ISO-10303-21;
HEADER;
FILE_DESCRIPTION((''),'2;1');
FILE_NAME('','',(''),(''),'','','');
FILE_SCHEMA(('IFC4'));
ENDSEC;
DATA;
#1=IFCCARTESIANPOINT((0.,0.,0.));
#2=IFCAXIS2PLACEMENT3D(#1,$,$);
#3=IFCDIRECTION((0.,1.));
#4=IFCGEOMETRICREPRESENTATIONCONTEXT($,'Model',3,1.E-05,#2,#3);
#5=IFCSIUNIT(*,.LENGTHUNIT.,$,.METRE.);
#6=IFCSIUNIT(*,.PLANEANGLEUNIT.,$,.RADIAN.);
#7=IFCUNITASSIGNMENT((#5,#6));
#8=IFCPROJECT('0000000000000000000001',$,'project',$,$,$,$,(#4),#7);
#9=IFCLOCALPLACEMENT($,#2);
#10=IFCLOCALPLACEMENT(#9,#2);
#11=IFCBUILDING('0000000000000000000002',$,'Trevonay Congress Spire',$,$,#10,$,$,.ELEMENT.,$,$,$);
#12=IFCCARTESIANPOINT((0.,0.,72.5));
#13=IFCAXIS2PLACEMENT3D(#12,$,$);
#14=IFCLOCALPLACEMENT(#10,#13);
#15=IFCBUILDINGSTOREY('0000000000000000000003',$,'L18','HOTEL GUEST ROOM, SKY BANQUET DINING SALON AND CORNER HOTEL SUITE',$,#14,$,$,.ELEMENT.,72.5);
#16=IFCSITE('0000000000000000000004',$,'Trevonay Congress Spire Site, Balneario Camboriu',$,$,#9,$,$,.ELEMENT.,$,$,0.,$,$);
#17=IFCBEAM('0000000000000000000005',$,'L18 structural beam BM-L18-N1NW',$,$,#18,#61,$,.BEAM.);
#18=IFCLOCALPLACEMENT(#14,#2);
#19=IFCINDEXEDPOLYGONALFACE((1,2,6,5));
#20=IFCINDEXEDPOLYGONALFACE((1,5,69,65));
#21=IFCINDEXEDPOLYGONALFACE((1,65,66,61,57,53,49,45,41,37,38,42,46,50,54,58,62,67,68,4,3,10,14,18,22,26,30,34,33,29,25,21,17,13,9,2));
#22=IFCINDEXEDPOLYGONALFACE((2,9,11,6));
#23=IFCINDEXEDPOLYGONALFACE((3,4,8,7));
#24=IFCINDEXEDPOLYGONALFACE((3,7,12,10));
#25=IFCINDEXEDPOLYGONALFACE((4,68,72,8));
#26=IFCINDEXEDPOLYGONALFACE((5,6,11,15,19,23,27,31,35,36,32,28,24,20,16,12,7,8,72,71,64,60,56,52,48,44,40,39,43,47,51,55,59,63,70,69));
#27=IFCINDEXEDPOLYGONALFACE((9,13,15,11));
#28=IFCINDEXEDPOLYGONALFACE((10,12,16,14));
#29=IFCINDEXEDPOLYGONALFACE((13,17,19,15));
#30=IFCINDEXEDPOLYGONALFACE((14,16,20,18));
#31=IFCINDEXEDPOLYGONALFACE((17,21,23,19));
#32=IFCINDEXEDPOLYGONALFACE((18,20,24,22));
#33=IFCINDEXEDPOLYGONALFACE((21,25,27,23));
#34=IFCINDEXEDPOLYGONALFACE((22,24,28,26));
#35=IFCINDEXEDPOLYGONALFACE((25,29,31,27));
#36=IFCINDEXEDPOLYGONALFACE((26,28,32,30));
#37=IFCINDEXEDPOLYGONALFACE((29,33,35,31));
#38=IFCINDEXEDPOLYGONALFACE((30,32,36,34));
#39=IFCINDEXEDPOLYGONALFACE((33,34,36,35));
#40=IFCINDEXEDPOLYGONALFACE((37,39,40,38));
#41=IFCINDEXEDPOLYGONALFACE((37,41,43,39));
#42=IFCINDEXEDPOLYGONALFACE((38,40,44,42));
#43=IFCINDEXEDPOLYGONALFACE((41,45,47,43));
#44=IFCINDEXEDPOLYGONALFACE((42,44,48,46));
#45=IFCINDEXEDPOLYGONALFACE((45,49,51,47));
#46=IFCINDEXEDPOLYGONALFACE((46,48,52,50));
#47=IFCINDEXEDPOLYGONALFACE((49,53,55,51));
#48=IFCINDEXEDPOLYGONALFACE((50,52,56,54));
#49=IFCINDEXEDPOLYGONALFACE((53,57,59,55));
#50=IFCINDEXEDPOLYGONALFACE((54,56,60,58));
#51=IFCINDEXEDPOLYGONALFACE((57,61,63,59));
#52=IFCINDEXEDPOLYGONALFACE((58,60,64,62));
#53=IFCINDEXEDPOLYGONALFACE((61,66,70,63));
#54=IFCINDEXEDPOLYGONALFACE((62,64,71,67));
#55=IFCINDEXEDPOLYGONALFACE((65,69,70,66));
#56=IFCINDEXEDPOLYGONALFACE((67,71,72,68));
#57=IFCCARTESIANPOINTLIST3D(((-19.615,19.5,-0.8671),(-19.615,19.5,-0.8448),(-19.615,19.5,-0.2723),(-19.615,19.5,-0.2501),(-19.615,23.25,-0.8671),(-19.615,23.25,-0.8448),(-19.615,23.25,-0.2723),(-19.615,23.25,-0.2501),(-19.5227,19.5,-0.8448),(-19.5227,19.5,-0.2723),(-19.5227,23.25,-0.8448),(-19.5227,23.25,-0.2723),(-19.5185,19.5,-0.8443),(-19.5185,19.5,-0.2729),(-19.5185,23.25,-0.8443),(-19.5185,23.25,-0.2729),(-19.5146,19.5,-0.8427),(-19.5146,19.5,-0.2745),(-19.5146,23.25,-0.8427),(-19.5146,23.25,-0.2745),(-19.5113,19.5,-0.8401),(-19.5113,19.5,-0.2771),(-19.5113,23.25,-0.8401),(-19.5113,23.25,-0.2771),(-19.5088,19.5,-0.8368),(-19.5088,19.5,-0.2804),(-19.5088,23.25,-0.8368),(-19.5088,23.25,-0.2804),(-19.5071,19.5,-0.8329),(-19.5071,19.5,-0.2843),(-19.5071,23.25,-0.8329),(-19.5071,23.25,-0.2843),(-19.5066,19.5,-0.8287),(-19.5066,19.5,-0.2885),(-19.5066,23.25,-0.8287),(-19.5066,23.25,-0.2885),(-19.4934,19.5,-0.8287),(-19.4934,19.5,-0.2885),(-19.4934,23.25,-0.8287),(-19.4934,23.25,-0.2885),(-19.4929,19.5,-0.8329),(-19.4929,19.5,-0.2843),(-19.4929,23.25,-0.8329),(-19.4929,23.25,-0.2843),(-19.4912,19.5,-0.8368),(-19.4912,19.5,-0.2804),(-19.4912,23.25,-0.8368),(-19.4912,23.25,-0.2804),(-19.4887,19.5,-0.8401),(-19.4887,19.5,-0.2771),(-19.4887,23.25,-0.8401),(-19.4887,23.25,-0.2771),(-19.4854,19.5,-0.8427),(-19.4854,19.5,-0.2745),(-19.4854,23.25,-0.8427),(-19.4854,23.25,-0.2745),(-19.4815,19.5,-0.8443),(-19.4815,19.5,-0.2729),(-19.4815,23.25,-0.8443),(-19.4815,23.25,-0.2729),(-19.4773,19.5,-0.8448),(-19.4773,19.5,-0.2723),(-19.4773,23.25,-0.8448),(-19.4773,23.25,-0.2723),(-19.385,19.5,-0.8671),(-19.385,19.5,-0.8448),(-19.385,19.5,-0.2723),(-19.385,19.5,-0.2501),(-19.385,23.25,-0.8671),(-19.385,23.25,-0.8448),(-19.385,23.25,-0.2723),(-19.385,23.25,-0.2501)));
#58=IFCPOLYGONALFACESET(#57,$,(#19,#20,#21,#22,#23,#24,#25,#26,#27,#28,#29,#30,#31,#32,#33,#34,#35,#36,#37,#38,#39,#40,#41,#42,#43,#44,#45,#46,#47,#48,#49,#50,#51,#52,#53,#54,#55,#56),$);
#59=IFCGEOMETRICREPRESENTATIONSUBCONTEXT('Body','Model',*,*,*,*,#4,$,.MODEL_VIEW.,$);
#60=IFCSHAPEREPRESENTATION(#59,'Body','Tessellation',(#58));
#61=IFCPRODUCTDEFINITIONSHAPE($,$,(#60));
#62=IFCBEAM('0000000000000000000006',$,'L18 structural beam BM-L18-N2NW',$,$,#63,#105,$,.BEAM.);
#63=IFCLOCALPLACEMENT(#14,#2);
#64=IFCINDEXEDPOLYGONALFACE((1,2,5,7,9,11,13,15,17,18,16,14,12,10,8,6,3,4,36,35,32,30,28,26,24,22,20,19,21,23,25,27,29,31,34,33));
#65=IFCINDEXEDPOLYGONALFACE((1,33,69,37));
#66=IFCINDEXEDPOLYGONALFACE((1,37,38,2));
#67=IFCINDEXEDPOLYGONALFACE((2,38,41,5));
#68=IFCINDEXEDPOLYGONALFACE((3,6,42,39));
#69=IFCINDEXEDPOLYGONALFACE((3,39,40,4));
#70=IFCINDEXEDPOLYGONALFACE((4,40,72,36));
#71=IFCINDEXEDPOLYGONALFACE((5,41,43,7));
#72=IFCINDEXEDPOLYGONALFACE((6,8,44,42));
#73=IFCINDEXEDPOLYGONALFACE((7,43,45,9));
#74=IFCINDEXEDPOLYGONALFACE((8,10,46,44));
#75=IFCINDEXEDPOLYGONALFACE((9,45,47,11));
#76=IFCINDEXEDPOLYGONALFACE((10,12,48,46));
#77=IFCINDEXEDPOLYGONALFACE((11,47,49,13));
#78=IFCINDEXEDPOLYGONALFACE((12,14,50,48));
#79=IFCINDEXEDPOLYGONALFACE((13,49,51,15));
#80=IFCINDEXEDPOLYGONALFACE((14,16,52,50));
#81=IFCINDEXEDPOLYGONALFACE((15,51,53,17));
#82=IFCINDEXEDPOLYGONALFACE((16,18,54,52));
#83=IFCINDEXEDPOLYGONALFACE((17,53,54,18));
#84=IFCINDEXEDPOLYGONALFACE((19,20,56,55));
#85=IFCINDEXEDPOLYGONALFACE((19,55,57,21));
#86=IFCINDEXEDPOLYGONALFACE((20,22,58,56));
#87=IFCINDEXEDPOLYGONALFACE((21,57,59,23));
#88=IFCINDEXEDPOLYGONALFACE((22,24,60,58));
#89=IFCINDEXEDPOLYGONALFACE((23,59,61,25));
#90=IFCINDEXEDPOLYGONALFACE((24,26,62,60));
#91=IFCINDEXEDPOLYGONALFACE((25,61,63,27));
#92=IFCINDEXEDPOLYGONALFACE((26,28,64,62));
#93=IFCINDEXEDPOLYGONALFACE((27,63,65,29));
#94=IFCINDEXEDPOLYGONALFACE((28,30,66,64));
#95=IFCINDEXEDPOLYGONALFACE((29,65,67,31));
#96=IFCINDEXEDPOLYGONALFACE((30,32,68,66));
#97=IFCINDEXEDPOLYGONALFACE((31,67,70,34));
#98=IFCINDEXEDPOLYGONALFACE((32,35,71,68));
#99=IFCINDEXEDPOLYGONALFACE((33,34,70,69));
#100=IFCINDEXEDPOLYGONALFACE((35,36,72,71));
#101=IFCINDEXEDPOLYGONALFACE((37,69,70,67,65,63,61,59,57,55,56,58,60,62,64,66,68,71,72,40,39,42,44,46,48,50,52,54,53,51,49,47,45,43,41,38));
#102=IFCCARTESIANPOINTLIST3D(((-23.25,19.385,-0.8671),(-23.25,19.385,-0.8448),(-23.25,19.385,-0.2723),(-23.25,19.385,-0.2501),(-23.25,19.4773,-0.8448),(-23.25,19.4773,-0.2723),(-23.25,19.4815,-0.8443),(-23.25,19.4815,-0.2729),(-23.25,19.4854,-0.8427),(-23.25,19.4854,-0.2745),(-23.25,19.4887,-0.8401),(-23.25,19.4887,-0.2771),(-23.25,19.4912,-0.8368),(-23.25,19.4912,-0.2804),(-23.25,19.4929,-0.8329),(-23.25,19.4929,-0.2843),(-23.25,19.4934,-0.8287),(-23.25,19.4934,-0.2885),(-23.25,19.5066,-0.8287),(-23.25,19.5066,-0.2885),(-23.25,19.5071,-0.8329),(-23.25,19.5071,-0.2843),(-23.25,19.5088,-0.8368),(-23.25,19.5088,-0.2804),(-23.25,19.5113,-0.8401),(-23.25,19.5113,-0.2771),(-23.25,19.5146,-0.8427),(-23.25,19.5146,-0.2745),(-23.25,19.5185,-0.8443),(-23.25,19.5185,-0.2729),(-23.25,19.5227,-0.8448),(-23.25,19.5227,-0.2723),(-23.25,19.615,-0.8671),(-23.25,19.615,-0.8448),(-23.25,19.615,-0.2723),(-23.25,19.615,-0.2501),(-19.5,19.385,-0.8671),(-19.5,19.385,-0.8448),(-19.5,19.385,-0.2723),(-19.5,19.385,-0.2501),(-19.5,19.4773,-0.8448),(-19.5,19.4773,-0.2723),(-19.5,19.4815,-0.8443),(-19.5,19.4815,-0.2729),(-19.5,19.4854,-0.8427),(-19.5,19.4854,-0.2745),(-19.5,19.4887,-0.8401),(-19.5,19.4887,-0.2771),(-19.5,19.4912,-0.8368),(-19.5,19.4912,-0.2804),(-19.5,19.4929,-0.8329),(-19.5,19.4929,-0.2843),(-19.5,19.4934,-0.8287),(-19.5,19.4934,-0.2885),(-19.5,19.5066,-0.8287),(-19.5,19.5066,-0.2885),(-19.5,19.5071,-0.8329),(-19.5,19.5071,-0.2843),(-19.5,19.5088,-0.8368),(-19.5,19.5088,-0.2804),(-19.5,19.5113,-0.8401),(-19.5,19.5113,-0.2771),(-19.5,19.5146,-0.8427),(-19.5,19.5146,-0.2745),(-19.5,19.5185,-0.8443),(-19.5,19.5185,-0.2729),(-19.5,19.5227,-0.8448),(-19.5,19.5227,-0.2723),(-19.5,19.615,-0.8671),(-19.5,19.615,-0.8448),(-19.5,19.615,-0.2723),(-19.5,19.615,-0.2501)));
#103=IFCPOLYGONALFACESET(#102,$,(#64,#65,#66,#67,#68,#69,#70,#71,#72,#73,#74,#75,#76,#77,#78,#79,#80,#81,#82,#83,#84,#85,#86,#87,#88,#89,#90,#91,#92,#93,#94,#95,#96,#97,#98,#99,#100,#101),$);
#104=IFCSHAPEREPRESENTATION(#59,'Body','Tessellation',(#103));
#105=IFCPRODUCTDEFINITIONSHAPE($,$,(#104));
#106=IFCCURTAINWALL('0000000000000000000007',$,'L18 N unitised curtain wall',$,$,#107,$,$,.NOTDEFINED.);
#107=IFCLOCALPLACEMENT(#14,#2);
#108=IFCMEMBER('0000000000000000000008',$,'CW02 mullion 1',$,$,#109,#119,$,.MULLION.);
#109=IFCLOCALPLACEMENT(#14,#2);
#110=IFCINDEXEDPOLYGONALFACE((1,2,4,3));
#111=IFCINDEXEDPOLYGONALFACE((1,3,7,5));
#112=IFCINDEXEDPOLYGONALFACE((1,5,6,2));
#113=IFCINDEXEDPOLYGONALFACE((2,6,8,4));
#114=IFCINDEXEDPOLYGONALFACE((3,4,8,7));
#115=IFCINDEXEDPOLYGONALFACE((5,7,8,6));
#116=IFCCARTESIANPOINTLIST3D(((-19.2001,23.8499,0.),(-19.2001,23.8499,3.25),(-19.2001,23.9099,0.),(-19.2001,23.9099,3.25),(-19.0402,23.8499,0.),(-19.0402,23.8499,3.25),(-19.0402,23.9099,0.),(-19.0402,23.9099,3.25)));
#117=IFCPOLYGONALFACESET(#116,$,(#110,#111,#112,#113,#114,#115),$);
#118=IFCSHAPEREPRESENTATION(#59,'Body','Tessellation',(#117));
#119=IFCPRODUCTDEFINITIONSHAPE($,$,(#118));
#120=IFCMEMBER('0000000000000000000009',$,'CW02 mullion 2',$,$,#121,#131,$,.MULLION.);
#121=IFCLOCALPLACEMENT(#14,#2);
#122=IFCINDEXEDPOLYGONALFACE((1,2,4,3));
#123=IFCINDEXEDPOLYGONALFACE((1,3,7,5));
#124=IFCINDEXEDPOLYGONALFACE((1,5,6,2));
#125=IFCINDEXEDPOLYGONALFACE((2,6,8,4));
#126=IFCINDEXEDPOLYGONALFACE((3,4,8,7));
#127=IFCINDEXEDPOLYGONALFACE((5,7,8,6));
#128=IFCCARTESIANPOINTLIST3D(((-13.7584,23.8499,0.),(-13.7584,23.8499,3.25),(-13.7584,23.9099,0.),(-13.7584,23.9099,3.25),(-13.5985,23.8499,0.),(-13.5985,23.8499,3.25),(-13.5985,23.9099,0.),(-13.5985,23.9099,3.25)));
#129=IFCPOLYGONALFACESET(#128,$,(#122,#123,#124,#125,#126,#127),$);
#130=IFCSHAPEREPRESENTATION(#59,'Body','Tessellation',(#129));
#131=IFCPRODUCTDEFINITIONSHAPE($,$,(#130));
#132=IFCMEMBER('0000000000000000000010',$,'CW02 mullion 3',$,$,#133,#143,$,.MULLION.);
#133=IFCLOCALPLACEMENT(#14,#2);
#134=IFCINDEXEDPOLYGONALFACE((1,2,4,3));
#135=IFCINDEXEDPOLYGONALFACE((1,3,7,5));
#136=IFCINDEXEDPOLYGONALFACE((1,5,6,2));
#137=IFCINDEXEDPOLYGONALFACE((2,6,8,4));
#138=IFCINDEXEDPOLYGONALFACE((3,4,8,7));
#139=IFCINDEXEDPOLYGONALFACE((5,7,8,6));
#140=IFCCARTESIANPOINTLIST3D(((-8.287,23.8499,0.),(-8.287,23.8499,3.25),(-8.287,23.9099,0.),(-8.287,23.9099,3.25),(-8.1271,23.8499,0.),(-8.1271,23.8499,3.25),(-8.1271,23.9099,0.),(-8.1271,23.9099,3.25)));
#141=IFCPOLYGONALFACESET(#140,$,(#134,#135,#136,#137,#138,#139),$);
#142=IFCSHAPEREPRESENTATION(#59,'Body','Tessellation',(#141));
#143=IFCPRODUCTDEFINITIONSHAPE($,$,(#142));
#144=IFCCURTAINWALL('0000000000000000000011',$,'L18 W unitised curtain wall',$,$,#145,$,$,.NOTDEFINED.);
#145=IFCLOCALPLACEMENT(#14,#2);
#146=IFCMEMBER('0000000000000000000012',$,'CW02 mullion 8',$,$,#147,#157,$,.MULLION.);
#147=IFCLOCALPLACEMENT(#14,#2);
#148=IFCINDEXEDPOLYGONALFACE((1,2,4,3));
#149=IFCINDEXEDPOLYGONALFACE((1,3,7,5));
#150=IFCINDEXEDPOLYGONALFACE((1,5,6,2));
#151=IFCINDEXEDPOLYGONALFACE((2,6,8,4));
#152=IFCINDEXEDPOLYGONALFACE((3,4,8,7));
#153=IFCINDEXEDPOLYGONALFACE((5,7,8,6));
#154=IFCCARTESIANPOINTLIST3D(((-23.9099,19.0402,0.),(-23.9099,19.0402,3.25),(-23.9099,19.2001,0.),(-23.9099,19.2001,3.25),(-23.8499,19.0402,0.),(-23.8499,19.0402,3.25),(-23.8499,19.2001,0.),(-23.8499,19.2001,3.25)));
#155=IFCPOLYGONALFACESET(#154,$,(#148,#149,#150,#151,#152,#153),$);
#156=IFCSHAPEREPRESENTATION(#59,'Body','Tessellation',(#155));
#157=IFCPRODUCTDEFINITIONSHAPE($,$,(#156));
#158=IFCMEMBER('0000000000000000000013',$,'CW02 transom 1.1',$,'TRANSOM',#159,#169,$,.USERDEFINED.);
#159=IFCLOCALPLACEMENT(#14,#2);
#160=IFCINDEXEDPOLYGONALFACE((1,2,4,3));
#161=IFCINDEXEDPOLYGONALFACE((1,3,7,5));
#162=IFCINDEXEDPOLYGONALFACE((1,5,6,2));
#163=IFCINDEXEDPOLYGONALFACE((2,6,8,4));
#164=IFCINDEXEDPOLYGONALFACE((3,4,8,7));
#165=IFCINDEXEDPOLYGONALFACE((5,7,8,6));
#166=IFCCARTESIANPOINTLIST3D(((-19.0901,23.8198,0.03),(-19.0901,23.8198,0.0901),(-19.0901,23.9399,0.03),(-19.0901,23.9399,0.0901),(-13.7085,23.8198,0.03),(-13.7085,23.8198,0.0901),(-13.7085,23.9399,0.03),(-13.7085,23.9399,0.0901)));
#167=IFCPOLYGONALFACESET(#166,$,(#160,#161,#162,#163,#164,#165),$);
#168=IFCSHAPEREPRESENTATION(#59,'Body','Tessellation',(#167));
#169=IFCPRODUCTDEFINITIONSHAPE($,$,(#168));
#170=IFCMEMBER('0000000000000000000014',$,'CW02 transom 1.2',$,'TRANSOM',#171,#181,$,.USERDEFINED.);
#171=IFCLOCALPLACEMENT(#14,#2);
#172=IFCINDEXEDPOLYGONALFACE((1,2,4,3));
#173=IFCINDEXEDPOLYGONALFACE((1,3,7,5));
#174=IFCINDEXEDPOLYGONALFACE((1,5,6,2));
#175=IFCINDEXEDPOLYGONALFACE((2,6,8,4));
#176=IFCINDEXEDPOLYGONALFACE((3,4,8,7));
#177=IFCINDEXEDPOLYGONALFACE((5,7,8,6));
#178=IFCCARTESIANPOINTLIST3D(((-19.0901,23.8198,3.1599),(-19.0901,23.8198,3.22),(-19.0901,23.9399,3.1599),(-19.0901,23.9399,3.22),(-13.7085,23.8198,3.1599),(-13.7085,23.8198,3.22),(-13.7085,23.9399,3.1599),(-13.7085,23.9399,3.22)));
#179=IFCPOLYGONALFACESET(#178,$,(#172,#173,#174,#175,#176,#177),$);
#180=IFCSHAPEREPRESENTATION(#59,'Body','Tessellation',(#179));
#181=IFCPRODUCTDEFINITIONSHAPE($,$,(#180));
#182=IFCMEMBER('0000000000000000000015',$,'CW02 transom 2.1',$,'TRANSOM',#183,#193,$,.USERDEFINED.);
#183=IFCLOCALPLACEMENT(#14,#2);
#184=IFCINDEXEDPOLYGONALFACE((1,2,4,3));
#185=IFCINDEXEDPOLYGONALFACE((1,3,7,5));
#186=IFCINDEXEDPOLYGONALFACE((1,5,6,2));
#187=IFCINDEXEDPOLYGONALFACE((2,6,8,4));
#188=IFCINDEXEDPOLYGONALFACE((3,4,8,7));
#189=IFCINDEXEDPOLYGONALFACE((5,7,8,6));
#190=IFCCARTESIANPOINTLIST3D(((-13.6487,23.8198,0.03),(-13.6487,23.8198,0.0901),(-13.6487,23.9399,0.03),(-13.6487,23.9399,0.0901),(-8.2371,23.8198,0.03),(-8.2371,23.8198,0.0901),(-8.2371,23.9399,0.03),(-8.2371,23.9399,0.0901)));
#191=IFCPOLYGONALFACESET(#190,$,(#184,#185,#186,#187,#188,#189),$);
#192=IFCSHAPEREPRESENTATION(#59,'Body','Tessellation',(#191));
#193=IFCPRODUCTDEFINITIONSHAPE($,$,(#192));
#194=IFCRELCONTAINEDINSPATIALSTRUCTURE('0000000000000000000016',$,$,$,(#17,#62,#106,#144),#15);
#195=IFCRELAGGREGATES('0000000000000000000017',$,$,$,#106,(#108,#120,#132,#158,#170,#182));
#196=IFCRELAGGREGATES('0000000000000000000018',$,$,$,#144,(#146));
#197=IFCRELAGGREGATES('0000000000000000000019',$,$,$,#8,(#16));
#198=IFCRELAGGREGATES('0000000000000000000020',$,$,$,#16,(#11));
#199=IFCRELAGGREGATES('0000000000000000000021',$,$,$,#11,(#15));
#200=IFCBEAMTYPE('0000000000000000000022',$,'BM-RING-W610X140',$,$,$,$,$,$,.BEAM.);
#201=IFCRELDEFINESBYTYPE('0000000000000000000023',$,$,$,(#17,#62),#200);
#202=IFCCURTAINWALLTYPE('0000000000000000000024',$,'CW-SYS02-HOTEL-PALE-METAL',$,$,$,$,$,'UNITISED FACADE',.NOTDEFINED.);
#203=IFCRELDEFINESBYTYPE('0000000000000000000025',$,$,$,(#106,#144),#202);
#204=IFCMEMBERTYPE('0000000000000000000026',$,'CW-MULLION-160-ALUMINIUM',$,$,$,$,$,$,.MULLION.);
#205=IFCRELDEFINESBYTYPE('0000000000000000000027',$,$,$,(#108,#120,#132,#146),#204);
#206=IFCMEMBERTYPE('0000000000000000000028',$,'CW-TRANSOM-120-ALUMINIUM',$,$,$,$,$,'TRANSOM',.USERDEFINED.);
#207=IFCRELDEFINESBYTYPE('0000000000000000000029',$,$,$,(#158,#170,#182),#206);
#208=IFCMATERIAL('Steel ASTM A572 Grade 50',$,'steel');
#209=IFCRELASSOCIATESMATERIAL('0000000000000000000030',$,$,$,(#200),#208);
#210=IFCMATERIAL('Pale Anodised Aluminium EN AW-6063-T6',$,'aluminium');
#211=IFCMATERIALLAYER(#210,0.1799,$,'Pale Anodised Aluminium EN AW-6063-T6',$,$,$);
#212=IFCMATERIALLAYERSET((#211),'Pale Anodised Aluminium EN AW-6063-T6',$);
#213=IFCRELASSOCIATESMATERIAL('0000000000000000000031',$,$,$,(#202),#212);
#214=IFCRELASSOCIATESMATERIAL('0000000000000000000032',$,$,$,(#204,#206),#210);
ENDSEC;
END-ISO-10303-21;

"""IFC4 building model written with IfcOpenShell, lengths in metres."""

from ifc_helpers import new_model, si_unit, direction, frame, origin, origin_2d, place, context, subcontext, project, spatial, rectangle, i_section, extrude, material, layer, layer_set, material_profile, profile_set, type_object, element, aggregate, save


model = new_model("IFC4")

# Units and contexts
model_context = context("Model", 3, precision=1e-05, world=origin(), true_north=direction((0.0, 1.0)))
body_context = subcontext(model_context, "Body", "Model", "MODEL_VIEW")
ifc_project = project(units=[si_unit("LENGTHUNIT", "METRE"), si_unit("PLANEANGLEUNIT", "RADIAN")], contexts=[model_context])

# Site, building, storey
site_placement = place(None, origin())
site = spatial("IfcSite", under=ifc_project, at=site_placement, Name="Trevonay Congress Spire Site, Balneario Camboriu", CompositionType="ELEMENT", RefElevation=0.0)
building_placement = place(site_placement, origin())
building = spatial("IfcBuilding", under=site, at=building_placement, Name="Trevonay Congress Spire", CompositionType="ELEMENT")
storey_placement = place(building_placement, frame((0.0, 0.0, 72.5)))
storey = spatial("IfcBuildingStorey", under=building, at=storey_placement, Name="L18", Description="HOTEL GUEST ROOM, SKY BANQUET DINING SALON AND CORNER HOTEL SUITE", CompositionType="ELEMENT", Elevation=72.5)

# Shared definitions
ifc_material_1 = material(Name="Steel ASTM A572 Grade 50", Category="steel")

# Beams
ifc_material_profile_1 = material_profile(ifc_material_1, i_section(OverallWidth=0.23, OverallDepth=0.6169, WebThickness=0.0132, FlangeThickness=0.0222, FilletRadius=0.0161, at=origin_2d()), Name="W610x140")
ifc_profile_set_1 = profile_set([ifc_material_profile_1], Name="Steel ASTM A572 Grade 50")
beam_type = type_object("IfcBeamType", Name="BM-RING-W610X140", PredefinedType="BEAM", material=ifc_profile_set_1)
for number, where, z_axis, x_axis, name in (
    (1, (-19.5, 23.25, -0.5586), (0.0, -1.0, 0.0), (1.0, 0.0, 0.0), "L18 structural beam BM-L18-N1NW"),
    (2, (-23.25, 19.5, -0.5586), (1.0, 0.0, 0.0), (0.0, 1.0, 0.0), "L18 structural beam BM-L18-N2NW"),
):
    element("IfcBeam", number, at=place(storey_placement, frame(where, z_axis=z_axis, x_axis=x_axis)), inside=storey, type_object=beam_type, Name=name, PredefinedType="BEAM", context=body_context, shape_type="SweptSolid", body=[
        extrude(i_section(OverallWidth=0.23, OverallDepth=0.6169, WebThickness=0.0132, FlangeThickness=0.0222, FilletRadius=0.0161, at=origin_2d()), origin(), (0.0, 0.0, 1.0), 3.75),
    ])

# Curtain wall, members
ifc_material_2 = material(Name="Pale Anodised Aluminium EN AW-6063-T6", Category="aluminium")
ifc_layer_1 = layer(ifc_material_2, 0.1799, Name="Pale Anodised Aluminium EN AW-6063-T6")
ifc_layer_set_1 = layer_set([ifc_layer_1], Name="Pale Anodised Aluminium EN AW-6063-T6")
curtain_wall_type = type_object("IfcCurtainWallType", Name="CW-SYS02-HOTEL-PALE-METAL", ElementType="UNITISED FACADE", PredefinedType="NOTDEFINED", material=ifc_layer_set_1)
curtain_wall_1_placement = place(storey_placement, origin())
curtain_wall_1 = element("IfcCurtainWall", 3, at=curtain_wall_1_placement, inside=storey, type_object=curtain_wall_type, Name="L18 N unitised curtain wall", PredefinedType="NOTDEFINED")
ifc_material_profile_2 = material_profile(ifc_material_2, rectangle(XDim=0.0601, YDim=0.1599, at=origin_2d()), Name="CW-MULLION-160-ALUMINIUM")
ifc_profile_set_2 = profile_set([ifc_material_profile_2], Name="Pale Anodised Aluminium EN AW-6063-T6")
member_type_1 = type_object("IfcMemberType", Name="CW-MULLION-160-ALUMINIUM", PredefinedType="MULLION", material=ifc_profile_set_2)
member_1_placement = place(storey_placement, frame((-19.1201, 23.8799, 0.0), z_axis=(0.0, 0.0, 1.0), x_axis=(0.0, 1.0, 0.0)))
member_1 = element("IfcMember", 4, at=member_1_placement, type_object=member_type_1, Name="CW02 mullion 1", PredefinedType="MULLION", context=body_context, shape_type="SweptSolid", body=[
    extrude(rectangle(XDim=0.0601, YDim=0.1599, at=origin_2d()), origin(), (0.0, 0.0, 1.0), 3.25),
])
member_2_placement = place(storey_placement, frame((-13.6785, 23.8799, 0.0), z_axis=(0.0, 0.0, 1.0), x_axis=(0.0, 1.0, 0.0)))
member_2 = element("IfcMember", 5, at=member_2_placement, type_object=member_type_1, Name="CW02 mullion 2", PredefinedType="MULLION", context=body_context, shape_type="SweptSolid", body=[
    extrude(rectangle(XDim=0.0601, YDim=0.1599, at=origin_2d()), origin(), (0.0, 0.0, 1.0), 3.25),
])
member_3_placement = place(storey_placement, frame((-8.207, 23.8799, 0.0), z_axis=(0.0, 0.0, 1.0), x_axis=(0.0, 1.0, 0.0)))
member_3 = element("IfcMember", 6, at=member_3_placement, type_object=member_type_1, Name="CW02 mullion 3", PredefinedType="MULLION", context=body_context, shape_type="SweptSolid", body=[
    extrude(rectangle(XDim=0.0601, YDim=0.1599, at=origin_2d()), origin(), (0.0, 0.0, 1.0), 3.25),
])

# Curtain wall, member
curtain_wall_2_placement = place(storey_placement, origin())
curtain_wall_2 = element("IfcCurtainWall", 7, at=curtain_wall_2_placement, inside=storey, type_object=curtain_wall_type, Name="L18 W unitised curtain wall", PredefinedType="NOTDEFINED")
member_4_placement = place(storey_placement, frame((-23.8799, 19.1201, 0.0), z_axis=(0.0, 0.0, 1.0), x_axis=(-1.0, 0.0, 0.0)))
member_4 = element("IfcMember", 8, at=member_4_placement, type_object=member_type_1, Name="CW02 mullion 8", PredefinedType="MULLION", context=body_context, shape_type="SweptSolid", body=[
    extrude(rectangle(XDim=0.0601, YDim=0.1599, at=origin_2d()), origin(), (0.0, 0.0, 1.0), 3.25),
])

# Members
ifc_material_profile_3 = material_profile(ifc_material_2, rectangle(XDim=0.1201, YDim=0.0601, at=origin_2d()), Name="CW-TRANSOM-120-ALUMINIUM")
ifc_profile_set_3 = profile_set([ifc_material_profile_3], Name="Pale Anodised Aluminium EN AW-6063-T6")
member_type_2 = type_object("IfcMemberType", Name="CW-TRANSOM-120-ALUMINIUM", ElementType="TRANSOM", PredefinedType="USERDEFINED", material=ifc_profile_set_3)
member_5_placement = place(storey_placement, frame((-19.0901, 23.8799, 0.0601), z_axis=(1.0, 0.0, 0.0), x_axis=(0.0, 1.0, 0.0)))
member_5 = element("IfcMember", 9, at=member_5_placement, type_object=member_type_2, Name="CW02 transom 1.1", ObjectType="TRANSOM", PredefinedType="USERDEFINED", context=body_context, shape_type="SweptSolid", body=[
    extrude(rectangle(XDim=0.1201, YDim=0.0601, at=origin_2d()), origin(), (0.0, 0.0, 1.0), 5.3816),
])
member_6_placement = place(storey_placement, frame((-19.0901, 23.8799, 3.1899), z_axis=(1.0, 0.0, 0.0), x_axis=(0.0, 1.0, 0.0)))
member_6 = element("IfcMember", 10, at=member_6_placement, type_object=member_type_2, Name="CW02 transom 1.2", ObjectType="TRANSOM", PredefinedType="USERDEFINED", context=body_context, shape_type="SweptSolid", body=[
    extrude(rectangle(XDim=0.1201, YDim=0.0601, at=origin_2d()), origin(), (0.0, 0.0, 1.0), 5.3816),
])
member_7_placement = place(storey_placement, frame((-13.6487, 23.8799, 0.0601), z_axis=(1.0, 0.0, 0.0), x_axis=(0.0, 1.0, 0.0)))
member_7 = element("IfcMember", 11, at=member_7_placement, type_object=member_type_2, Name="CW02 transom 2.1", ObjectType="TRANSOM", PredefinedType="USERDEFINED", context=body_context, shape_type="SweptSolid", body=[
    extrude(rectangle(XDim=0.1201, YDim=0.0601, at=origin_2d()), origin(), (0.0, 0.0, 1.0), 5.4116),
])

aggregate(curtain_wall_1, [member_1, member_2, member_3, member_5, member_6, member_7])
aggregate(curtain_wall_2, [member_4])

save(model, "model.ifc")
